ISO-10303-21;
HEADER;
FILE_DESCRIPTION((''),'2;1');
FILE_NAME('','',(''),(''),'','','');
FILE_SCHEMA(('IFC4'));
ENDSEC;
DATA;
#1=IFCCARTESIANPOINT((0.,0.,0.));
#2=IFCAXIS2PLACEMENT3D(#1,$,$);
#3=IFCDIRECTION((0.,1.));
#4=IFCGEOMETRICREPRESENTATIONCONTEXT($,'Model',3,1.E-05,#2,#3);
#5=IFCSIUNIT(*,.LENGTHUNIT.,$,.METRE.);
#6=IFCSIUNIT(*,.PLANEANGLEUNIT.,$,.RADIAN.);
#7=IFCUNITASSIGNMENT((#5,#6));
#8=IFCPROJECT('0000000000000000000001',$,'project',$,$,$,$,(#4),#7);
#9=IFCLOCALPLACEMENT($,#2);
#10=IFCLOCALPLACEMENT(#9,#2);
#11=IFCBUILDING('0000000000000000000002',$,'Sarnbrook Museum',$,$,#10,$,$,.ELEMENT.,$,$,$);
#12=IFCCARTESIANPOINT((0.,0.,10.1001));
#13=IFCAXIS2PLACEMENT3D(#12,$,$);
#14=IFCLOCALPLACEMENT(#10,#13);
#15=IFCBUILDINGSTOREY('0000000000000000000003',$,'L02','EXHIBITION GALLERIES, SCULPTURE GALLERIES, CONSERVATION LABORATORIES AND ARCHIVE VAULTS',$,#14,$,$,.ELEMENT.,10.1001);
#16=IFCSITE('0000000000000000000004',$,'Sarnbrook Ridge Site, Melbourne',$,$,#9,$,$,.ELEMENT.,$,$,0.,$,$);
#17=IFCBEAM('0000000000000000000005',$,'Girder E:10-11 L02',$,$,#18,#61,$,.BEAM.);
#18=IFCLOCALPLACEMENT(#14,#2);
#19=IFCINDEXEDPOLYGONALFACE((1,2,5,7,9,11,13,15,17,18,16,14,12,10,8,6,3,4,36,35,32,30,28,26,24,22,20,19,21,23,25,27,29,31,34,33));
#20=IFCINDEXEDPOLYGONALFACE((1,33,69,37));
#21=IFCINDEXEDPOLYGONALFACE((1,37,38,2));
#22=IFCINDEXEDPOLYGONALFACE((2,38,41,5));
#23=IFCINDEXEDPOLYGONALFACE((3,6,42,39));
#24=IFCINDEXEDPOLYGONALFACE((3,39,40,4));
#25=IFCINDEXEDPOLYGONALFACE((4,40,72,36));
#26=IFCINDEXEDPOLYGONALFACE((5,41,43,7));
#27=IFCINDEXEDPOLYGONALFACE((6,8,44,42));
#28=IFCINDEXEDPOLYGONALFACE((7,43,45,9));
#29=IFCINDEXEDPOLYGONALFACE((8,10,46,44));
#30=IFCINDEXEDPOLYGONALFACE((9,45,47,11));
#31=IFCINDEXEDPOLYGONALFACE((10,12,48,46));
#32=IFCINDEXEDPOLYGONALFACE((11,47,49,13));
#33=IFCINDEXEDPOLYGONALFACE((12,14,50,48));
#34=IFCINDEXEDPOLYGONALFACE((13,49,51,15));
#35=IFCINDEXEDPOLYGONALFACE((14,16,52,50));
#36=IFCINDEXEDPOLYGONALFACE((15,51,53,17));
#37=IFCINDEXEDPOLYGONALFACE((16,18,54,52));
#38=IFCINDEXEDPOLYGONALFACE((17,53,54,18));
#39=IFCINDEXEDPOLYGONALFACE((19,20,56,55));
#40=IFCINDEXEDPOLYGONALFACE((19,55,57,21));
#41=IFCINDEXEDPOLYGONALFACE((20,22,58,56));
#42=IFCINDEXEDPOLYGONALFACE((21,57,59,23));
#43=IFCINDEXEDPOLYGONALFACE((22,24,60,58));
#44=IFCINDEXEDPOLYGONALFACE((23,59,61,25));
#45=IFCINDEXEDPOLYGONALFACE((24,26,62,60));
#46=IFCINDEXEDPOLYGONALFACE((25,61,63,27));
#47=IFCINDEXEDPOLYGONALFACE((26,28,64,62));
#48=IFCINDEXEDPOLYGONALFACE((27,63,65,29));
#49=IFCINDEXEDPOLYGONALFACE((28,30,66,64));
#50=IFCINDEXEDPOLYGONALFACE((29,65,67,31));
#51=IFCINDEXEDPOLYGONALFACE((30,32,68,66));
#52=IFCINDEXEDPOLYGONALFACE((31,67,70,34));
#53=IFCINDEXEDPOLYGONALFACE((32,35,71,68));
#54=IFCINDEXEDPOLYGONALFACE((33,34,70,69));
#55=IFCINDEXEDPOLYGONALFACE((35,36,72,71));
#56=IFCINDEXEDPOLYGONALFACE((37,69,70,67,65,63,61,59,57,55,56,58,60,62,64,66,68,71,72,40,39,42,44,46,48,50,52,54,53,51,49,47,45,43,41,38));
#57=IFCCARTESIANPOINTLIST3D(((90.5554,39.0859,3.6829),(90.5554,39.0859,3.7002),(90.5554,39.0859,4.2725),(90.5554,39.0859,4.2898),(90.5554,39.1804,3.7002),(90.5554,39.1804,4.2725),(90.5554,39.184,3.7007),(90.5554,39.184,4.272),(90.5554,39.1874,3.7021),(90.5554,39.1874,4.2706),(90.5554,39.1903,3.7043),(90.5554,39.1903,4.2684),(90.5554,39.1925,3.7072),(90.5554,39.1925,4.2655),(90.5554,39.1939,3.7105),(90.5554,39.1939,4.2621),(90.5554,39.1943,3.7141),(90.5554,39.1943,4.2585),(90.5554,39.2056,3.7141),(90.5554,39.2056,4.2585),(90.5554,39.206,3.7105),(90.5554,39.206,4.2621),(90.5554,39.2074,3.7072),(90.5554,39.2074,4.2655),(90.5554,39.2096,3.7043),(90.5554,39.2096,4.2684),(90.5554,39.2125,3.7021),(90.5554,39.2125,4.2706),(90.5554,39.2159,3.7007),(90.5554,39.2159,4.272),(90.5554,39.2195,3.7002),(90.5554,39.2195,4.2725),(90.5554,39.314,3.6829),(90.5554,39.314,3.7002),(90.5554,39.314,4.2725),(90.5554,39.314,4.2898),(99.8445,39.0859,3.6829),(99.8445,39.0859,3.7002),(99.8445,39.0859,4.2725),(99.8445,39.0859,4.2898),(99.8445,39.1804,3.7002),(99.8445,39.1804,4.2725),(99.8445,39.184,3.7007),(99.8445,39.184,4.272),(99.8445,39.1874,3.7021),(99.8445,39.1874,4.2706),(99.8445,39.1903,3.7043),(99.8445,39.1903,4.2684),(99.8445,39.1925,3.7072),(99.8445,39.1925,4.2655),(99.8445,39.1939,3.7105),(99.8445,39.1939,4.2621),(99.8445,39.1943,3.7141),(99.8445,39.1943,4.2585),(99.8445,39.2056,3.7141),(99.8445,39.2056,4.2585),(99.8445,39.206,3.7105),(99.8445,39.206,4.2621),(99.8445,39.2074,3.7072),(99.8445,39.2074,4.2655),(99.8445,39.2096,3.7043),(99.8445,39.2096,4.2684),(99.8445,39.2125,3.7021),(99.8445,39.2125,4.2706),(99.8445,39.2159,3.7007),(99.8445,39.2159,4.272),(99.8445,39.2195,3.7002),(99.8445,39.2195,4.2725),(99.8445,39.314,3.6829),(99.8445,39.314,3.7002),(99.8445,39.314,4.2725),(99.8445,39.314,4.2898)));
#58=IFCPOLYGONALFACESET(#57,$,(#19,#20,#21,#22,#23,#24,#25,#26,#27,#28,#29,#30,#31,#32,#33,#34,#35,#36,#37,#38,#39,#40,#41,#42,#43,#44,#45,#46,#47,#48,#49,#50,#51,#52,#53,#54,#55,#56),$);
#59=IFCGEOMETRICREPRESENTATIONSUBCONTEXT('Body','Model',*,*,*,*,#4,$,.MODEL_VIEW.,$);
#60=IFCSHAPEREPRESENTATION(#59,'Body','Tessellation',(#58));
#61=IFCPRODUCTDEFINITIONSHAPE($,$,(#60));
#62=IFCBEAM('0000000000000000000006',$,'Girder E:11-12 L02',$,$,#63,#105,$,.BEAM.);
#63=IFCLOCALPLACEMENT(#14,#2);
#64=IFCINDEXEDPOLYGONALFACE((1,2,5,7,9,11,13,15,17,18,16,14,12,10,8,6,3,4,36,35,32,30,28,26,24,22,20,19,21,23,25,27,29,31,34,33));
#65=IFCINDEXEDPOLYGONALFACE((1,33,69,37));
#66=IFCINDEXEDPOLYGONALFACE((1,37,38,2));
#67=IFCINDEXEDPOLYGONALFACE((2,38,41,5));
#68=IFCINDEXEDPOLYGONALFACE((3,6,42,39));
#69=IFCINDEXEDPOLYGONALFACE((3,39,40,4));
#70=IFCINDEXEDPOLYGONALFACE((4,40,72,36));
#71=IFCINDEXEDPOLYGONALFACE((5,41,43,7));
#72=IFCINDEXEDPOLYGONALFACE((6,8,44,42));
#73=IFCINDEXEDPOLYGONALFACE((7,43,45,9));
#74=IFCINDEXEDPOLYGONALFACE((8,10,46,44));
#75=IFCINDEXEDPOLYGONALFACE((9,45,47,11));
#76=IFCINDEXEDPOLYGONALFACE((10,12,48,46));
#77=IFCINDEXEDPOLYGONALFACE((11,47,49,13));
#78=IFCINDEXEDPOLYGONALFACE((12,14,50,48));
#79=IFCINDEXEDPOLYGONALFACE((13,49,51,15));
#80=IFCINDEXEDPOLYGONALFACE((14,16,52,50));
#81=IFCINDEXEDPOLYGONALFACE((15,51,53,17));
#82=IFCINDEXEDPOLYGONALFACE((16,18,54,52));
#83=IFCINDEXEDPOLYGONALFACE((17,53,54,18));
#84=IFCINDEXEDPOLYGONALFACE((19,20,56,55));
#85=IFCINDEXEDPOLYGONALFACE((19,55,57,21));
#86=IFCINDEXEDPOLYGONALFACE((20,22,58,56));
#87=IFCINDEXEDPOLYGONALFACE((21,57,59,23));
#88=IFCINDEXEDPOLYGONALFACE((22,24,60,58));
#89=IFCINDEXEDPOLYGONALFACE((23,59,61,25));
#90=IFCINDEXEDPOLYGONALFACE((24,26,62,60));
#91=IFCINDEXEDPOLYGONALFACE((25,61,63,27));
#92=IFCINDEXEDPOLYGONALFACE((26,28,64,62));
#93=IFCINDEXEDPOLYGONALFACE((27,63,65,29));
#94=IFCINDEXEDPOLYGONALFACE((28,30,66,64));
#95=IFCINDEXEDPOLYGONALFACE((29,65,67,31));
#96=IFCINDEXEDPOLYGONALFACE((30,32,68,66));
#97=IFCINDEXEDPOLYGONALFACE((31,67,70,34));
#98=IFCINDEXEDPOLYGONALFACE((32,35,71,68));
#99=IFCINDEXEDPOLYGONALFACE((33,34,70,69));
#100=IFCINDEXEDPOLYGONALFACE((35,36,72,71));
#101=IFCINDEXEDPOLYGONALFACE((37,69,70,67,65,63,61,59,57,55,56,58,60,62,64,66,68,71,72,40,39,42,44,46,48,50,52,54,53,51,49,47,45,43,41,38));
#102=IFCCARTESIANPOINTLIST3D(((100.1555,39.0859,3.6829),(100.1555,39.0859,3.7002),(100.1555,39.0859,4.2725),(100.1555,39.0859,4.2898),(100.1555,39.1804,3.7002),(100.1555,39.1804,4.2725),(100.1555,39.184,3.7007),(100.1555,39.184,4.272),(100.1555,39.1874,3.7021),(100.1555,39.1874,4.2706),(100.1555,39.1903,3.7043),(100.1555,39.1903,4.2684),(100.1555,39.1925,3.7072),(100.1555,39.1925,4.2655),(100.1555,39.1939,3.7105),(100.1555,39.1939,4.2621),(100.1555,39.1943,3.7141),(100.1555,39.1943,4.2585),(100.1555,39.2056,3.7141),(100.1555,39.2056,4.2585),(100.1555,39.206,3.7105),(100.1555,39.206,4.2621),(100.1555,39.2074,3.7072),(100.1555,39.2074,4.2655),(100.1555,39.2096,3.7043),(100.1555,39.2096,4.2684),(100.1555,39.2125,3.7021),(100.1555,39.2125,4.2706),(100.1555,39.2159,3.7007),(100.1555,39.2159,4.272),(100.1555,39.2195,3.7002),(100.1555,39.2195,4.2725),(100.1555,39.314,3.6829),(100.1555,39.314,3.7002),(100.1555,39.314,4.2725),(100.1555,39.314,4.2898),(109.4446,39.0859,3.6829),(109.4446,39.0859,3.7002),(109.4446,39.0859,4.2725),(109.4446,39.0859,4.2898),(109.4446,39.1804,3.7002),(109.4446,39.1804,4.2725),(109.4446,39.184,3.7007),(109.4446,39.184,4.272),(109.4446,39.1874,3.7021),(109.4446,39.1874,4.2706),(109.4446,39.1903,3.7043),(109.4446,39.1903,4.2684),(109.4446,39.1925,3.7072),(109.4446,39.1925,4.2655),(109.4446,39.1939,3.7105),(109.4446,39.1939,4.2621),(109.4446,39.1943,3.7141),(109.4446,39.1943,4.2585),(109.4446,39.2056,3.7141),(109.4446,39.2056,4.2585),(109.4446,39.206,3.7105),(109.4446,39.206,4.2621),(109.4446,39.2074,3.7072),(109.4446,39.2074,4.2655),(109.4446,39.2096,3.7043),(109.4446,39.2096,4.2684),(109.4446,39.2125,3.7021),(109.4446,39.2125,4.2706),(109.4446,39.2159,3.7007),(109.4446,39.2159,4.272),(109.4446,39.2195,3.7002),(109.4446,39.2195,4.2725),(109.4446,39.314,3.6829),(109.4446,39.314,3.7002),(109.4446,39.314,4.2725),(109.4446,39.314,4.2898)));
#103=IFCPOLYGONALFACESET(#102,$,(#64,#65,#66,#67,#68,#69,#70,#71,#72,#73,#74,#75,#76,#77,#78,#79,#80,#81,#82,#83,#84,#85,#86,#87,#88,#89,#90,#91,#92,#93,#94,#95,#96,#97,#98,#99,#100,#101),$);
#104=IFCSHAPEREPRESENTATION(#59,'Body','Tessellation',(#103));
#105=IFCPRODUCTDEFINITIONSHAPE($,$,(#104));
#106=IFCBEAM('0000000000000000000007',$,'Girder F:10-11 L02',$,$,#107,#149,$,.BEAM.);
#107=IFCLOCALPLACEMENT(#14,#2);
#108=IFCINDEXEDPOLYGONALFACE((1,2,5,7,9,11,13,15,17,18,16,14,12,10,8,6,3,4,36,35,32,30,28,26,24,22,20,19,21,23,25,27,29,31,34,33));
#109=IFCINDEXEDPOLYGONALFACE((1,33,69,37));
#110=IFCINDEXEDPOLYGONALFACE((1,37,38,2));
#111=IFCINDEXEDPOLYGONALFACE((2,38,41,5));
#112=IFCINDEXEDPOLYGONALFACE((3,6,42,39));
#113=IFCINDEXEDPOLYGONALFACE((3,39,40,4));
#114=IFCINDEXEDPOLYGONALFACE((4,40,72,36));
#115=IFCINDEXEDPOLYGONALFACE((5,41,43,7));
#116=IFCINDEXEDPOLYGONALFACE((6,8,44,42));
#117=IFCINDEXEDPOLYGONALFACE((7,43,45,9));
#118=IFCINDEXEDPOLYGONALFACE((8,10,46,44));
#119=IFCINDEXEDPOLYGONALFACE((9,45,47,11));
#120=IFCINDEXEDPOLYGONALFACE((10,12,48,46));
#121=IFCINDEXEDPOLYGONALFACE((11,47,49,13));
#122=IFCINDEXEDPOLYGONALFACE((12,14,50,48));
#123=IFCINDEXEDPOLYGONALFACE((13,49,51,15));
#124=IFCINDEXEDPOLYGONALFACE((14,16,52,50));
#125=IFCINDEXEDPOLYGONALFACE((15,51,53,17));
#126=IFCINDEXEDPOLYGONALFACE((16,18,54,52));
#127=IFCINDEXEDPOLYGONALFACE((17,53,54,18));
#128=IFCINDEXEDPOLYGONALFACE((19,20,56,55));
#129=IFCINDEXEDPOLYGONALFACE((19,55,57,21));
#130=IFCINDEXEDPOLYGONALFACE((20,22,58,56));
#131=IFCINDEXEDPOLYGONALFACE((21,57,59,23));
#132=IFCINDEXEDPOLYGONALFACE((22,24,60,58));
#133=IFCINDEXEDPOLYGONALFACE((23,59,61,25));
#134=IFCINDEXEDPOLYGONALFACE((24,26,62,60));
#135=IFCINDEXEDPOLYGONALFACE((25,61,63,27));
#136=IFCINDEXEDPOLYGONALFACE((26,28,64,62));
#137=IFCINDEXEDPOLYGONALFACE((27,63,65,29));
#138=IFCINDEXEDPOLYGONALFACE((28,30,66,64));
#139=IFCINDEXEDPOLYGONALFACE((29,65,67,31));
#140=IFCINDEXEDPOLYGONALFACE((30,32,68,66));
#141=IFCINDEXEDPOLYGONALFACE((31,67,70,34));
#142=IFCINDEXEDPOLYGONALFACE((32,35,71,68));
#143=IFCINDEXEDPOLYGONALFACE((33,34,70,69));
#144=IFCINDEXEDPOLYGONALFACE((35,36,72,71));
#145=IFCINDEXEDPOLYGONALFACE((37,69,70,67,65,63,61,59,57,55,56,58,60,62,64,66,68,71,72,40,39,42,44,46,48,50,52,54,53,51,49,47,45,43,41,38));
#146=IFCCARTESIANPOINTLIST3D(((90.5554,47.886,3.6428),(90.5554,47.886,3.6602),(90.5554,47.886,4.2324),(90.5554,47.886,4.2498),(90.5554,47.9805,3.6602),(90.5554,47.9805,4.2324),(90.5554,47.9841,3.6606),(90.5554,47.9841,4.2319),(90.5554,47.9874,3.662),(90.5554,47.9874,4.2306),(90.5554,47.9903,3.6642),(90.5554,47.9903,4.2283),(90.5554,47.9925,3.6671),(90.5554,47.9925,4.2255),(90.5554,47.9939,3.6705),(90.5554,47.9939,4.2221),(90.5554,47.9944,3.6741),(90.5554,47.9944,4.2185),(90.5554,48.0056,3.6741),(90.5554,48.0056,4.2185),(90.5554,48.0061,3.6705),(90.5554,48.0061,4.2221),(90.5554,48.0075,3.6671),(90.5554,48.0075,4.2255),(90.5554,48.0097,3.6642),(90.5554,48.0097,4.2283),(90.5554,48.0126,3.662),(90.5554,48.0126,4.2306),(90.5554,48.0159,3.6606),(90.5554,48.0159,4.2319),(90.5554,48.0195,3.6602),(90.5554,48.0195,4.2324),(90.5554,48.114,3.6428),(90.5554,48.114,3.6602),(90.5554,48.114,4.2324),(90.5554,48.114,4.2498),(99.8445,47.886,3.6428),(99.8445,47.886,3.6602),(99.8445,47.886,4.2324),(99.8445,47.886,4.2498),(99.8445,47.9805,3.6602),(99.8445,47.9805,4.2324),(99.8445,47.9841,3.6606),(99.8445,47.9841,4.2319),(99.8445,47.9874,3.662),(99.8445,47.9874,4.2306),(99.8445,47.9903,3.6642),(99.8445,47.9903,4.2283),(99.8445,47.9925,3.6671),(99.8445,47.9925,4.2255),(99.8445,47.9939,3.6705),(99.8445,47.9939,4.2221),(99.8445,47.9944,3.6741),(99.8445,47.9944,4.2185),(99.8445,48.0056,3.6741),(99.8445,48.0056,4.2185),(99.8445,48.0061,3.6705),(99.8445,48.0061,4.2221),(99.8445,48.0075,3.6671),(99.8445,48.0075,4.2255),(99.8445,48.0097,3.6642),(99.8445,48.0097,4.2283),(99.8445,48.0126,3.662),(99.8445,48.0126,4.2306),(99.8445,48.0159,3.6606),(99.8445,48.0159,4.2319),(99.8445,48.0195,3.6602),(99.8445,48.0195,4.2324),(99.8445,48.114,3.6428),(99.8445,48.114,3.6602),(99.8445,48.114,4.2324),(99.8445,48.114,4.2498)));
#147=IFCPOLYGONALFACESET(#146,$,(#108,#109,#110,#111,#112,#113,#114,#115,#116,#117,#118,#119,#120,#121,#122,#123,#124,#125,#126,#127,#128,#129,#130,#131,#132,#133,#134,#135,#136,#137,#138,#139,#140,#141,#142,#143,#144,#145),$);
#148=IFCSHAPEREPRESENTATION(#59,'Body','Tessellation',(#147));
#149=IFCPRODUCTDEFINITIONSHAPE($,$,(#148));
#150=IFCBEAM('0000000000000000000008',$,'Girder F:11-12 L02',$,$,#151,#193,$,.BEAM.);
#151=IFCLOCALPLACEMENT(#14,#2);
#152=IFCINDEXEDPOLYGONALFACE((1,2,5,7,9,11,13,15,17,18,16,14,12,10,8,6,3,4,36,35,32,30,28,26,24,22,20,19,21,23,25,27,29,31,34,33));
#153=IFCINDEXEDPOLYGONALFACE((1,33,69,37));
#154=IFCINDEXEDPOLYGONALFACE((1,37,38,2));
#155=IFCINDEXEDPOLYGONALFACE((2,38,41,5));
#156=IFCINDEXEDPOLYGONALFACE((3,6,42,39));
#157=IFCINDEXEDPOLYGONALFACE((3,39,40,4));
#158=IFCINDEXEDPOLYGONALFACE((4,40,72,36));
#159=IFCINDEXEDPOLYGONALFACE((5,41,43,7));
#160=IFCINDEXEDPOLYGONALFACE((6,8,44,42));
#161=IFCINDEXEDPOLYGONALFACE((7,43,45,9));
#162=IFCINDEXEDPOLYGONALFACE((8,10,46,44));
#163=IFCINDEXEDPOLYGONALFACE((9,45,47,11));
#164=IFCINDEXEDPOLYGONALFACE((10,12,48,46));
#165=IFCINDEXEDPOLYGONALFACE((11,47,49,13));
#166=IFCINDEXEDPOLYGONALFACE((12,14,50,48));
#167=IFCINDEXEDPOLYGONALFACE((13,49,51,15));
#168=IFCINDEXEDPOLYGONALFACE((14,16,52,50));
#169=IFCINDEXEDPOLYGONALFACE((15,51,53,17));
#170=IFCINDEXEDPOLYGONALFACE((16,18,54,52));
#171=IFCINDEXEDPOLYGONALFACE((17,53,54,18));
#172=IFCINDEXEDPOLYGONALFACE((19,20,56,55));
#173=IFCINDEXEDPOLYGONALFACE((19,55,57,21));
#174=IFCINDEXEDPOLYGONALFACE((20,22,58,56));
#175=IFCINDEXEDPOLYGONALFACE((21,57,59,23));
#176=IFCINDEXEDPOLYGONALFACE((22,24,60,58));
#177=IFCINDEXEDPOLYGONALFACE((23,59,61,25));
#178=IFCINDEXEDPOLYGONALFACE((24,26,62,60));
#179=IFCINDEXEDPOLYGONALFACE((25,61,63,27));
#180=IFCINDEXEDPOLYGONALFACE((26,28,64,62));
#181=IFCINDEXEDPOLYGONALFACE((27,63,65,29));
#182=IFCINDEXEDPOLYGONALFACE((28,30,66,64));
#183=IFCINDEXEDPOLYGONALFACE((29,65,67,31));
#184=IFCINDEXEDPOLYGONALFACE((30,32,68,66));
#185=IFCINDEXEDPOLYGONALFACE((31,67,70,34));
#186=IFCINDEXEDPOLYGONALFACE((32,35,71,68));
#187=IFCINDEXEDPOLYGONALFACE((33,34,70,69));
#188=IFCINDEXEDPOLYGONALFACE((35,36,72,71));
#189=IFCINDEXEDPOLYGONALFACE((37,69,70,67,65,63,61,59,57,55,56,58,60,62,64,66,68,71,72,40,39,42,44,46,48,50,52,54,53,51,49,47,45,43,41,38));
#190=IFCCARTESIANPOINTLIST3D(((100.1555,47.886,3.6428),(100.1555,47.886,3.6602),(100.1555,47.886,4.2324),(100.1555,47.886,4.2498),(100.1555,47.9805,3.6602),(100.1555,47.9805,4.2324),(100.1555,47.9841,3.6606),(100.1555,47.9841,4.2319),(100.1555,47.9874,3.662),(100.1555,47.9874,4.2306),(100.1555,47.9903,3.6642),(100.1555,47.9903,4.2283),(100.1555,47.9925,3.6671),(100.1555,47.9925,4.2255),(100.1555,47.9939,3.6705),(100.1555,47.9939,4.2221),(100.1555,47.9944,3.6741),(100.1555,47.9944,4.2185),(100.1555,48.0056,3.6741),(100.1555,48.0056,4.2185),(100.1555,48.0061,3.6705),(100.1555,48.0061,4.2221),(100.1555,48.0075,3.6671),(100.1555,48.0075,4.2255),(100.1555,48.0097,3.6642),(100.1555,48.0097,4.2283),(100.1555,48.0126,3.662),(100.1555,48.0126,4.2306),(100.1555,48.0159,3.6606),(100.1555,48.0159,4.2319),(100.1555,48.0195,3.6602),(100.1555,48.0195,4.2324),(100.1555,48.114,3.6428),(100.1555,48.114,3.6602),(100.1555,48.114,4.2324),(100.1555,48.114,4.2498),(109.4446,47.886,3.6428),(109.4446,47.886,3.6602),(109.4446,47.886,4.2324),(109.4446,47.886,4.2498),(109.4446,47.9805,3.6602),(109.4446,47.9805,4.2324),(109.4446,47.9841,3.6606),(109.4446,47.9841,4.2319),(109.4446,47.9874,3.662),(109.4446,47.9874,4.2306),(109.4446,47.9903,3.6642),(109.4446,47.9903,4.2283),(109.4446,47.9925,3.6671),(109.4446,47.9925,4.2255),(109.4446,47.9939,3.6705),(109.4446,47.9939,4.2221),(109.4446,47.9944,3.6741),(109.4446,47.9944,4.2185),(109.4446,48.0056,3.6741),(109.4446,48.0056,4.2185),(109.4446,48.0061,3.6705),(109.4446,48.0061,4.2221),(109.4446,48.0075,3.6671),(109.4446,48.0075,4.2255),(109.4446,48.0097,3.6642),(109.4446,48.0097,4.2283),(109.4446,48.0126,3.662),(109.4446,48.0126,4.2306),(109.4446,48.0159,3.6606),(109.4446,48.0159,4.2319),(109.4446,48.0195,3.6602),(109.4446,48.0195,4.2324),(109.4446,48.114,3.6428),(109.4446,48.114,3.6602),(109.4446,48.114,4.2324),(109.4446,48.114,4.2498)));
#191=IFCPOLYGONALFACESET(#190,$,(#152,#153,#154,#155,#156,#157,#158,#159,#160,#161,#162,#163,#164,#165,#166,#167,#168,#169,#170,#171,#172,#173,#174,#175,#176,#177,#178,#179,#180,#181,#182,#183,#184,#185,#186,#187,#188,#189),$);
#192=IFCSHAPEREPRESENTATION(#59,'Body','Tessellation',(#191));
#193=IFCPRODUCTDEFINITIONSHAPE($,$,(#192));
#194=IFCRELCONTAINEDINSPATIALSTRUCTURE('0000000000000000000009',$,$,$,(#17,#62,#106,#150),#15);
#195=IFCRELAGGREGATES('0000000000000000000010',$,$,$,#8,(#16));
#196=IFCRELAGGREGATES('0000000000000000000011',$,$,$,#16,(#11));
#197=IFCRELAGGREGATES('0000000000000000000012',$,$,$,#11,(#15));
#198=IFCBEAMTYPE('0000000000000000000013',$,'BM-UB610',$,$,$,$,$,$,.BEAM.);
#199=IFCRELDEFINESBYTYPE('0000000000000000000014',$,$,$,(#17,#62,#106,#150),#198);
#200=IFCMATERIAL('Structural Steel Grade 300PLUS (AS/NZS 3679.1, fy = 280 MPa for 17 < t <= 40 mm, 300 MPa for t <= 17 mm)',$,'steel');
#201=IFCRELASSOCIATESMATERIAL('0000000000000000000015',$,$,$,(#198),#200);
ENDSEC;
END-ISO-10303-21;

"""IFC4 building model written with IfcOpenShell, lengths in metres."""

from ifc_helpers import new_model, si_unit, direction, frame, origin, origin_2d, place, context, subcontext, project, spatial, i_section, extrude, material, material_profile, profile_set, type_object, element, save


model = new_model("IFC4")

# Units and contexts
model_context = context("Model", 3, precision=1e-05, world=origin(), true_north=direction((0.0, 1.0)))
body_context = subcontext(model_context, "Body", "Model", "MODEL_VIEW")
ifc_project = project(units=[si_unit("LENGTHUNIT", "METRE"), si_unit("PLANEANGLEUNIT", "RADIAN")], contexts=[model_context])

# Site, building, storey
site_placement = place(None, origin())
site = spatial("IfcSite", under=ifc_project, at=site_placement, Name="Sarnbrook Ridge Site, Melbourne", CompositionType="ELEMENT", RefElevation=0.0)
building_placement = place(site_placement, origin())
building = spatial("IfcBuilding", under=site, at=building_placement, Name="Sarnbrook Museum", CompositionType="ELEMENT")
storey_placement = place(building_placement, frame((0.0, 0.0, 10.1001)))
storey = spatial("IfcBuildingStorey", under=building, at=storey_placement, Name="L02", Description="EXHIBITION GALLERIES, SCULPTURE GALLERIES, CONSERVATION LABORATORIES AND ARCHIVE VAULTS", CompositionType="ELEMENT", Elevation=10.1001)

# Shared definitions
ifc_material_1 = material(Name="Structural Steel Grade 300PLUS (AS/NZS 3679.1, fy = 280 MPa for 17 < t <= 40 mm, 300 MPa for t <= 17 mm)", Category="steel")

# Beams
ifc_material_profile_1 = material_profile(ifc_material_1, i_section(OverallWidth=0.228, OverallDepth=0.6069, WebThickness=0.0112, FlangeThickness=0.0173, FilletRadius=0.0139, at=origin_2d()), Name="610UB113")
ifc_profile_set_1 = profile_set([ifc_material_profile_1], Name="Structural Steel Grade 300PLUS (AS/NZS 3679.1, fy = 280 MPa for 17 < t <= 40 mm, 300 MPa for t <= 17 mm)")
beam_type_1 = type_object("IfcBeamType", Name="BM-UB610", PredefinedType="BEAM", material=ifc_profile_set_1)
for number, where, z_axis, x_axis, name in (
    (1, (90.5554, 39.2, 3.9863), (1.0, 0.0, 0.0), (0.0, 1.0, 0.0), "Girder E:10-11 L02"),
    (2, (100.1555, 39.2, 3.9863), (1.0, 0.0, 0.0), (0.0, 1.0, 0.0), "Girder E:11-12 L02"),
    (3, (90.5554, 48.0, 3.9463), (1.0, 0.0, 0.0), (0.0, 1.0, 0.0), "Girder F:10-11 L02"),
    (4, (100.1555, 48.0, 3.9463), (1.0, 0.0, 0.0), (0.0, 1.0, 0.0), "Girder F:11-12 L02"),
):
    element("IfcBeam", number, at=place(storey_placement, frame(where, z_axis=z_axis, x_axis=x_axis)), inside=storey, type_object=beam_type_1, Name=name, PredefinedType="BEAM", context=body_context, shape_type="SweptSolid", body=[
        extrude(i_section(OverallWidth=0.228, OverallDepth=0.6069, WebThickness=0.0112, FlangeThickness=0.0173, FilletRadius=0.0139, at=origin_2d()), origin(), (0.0, 0.0, 1.0), 9.2891),
    ])

save(model, "model.ifc")
